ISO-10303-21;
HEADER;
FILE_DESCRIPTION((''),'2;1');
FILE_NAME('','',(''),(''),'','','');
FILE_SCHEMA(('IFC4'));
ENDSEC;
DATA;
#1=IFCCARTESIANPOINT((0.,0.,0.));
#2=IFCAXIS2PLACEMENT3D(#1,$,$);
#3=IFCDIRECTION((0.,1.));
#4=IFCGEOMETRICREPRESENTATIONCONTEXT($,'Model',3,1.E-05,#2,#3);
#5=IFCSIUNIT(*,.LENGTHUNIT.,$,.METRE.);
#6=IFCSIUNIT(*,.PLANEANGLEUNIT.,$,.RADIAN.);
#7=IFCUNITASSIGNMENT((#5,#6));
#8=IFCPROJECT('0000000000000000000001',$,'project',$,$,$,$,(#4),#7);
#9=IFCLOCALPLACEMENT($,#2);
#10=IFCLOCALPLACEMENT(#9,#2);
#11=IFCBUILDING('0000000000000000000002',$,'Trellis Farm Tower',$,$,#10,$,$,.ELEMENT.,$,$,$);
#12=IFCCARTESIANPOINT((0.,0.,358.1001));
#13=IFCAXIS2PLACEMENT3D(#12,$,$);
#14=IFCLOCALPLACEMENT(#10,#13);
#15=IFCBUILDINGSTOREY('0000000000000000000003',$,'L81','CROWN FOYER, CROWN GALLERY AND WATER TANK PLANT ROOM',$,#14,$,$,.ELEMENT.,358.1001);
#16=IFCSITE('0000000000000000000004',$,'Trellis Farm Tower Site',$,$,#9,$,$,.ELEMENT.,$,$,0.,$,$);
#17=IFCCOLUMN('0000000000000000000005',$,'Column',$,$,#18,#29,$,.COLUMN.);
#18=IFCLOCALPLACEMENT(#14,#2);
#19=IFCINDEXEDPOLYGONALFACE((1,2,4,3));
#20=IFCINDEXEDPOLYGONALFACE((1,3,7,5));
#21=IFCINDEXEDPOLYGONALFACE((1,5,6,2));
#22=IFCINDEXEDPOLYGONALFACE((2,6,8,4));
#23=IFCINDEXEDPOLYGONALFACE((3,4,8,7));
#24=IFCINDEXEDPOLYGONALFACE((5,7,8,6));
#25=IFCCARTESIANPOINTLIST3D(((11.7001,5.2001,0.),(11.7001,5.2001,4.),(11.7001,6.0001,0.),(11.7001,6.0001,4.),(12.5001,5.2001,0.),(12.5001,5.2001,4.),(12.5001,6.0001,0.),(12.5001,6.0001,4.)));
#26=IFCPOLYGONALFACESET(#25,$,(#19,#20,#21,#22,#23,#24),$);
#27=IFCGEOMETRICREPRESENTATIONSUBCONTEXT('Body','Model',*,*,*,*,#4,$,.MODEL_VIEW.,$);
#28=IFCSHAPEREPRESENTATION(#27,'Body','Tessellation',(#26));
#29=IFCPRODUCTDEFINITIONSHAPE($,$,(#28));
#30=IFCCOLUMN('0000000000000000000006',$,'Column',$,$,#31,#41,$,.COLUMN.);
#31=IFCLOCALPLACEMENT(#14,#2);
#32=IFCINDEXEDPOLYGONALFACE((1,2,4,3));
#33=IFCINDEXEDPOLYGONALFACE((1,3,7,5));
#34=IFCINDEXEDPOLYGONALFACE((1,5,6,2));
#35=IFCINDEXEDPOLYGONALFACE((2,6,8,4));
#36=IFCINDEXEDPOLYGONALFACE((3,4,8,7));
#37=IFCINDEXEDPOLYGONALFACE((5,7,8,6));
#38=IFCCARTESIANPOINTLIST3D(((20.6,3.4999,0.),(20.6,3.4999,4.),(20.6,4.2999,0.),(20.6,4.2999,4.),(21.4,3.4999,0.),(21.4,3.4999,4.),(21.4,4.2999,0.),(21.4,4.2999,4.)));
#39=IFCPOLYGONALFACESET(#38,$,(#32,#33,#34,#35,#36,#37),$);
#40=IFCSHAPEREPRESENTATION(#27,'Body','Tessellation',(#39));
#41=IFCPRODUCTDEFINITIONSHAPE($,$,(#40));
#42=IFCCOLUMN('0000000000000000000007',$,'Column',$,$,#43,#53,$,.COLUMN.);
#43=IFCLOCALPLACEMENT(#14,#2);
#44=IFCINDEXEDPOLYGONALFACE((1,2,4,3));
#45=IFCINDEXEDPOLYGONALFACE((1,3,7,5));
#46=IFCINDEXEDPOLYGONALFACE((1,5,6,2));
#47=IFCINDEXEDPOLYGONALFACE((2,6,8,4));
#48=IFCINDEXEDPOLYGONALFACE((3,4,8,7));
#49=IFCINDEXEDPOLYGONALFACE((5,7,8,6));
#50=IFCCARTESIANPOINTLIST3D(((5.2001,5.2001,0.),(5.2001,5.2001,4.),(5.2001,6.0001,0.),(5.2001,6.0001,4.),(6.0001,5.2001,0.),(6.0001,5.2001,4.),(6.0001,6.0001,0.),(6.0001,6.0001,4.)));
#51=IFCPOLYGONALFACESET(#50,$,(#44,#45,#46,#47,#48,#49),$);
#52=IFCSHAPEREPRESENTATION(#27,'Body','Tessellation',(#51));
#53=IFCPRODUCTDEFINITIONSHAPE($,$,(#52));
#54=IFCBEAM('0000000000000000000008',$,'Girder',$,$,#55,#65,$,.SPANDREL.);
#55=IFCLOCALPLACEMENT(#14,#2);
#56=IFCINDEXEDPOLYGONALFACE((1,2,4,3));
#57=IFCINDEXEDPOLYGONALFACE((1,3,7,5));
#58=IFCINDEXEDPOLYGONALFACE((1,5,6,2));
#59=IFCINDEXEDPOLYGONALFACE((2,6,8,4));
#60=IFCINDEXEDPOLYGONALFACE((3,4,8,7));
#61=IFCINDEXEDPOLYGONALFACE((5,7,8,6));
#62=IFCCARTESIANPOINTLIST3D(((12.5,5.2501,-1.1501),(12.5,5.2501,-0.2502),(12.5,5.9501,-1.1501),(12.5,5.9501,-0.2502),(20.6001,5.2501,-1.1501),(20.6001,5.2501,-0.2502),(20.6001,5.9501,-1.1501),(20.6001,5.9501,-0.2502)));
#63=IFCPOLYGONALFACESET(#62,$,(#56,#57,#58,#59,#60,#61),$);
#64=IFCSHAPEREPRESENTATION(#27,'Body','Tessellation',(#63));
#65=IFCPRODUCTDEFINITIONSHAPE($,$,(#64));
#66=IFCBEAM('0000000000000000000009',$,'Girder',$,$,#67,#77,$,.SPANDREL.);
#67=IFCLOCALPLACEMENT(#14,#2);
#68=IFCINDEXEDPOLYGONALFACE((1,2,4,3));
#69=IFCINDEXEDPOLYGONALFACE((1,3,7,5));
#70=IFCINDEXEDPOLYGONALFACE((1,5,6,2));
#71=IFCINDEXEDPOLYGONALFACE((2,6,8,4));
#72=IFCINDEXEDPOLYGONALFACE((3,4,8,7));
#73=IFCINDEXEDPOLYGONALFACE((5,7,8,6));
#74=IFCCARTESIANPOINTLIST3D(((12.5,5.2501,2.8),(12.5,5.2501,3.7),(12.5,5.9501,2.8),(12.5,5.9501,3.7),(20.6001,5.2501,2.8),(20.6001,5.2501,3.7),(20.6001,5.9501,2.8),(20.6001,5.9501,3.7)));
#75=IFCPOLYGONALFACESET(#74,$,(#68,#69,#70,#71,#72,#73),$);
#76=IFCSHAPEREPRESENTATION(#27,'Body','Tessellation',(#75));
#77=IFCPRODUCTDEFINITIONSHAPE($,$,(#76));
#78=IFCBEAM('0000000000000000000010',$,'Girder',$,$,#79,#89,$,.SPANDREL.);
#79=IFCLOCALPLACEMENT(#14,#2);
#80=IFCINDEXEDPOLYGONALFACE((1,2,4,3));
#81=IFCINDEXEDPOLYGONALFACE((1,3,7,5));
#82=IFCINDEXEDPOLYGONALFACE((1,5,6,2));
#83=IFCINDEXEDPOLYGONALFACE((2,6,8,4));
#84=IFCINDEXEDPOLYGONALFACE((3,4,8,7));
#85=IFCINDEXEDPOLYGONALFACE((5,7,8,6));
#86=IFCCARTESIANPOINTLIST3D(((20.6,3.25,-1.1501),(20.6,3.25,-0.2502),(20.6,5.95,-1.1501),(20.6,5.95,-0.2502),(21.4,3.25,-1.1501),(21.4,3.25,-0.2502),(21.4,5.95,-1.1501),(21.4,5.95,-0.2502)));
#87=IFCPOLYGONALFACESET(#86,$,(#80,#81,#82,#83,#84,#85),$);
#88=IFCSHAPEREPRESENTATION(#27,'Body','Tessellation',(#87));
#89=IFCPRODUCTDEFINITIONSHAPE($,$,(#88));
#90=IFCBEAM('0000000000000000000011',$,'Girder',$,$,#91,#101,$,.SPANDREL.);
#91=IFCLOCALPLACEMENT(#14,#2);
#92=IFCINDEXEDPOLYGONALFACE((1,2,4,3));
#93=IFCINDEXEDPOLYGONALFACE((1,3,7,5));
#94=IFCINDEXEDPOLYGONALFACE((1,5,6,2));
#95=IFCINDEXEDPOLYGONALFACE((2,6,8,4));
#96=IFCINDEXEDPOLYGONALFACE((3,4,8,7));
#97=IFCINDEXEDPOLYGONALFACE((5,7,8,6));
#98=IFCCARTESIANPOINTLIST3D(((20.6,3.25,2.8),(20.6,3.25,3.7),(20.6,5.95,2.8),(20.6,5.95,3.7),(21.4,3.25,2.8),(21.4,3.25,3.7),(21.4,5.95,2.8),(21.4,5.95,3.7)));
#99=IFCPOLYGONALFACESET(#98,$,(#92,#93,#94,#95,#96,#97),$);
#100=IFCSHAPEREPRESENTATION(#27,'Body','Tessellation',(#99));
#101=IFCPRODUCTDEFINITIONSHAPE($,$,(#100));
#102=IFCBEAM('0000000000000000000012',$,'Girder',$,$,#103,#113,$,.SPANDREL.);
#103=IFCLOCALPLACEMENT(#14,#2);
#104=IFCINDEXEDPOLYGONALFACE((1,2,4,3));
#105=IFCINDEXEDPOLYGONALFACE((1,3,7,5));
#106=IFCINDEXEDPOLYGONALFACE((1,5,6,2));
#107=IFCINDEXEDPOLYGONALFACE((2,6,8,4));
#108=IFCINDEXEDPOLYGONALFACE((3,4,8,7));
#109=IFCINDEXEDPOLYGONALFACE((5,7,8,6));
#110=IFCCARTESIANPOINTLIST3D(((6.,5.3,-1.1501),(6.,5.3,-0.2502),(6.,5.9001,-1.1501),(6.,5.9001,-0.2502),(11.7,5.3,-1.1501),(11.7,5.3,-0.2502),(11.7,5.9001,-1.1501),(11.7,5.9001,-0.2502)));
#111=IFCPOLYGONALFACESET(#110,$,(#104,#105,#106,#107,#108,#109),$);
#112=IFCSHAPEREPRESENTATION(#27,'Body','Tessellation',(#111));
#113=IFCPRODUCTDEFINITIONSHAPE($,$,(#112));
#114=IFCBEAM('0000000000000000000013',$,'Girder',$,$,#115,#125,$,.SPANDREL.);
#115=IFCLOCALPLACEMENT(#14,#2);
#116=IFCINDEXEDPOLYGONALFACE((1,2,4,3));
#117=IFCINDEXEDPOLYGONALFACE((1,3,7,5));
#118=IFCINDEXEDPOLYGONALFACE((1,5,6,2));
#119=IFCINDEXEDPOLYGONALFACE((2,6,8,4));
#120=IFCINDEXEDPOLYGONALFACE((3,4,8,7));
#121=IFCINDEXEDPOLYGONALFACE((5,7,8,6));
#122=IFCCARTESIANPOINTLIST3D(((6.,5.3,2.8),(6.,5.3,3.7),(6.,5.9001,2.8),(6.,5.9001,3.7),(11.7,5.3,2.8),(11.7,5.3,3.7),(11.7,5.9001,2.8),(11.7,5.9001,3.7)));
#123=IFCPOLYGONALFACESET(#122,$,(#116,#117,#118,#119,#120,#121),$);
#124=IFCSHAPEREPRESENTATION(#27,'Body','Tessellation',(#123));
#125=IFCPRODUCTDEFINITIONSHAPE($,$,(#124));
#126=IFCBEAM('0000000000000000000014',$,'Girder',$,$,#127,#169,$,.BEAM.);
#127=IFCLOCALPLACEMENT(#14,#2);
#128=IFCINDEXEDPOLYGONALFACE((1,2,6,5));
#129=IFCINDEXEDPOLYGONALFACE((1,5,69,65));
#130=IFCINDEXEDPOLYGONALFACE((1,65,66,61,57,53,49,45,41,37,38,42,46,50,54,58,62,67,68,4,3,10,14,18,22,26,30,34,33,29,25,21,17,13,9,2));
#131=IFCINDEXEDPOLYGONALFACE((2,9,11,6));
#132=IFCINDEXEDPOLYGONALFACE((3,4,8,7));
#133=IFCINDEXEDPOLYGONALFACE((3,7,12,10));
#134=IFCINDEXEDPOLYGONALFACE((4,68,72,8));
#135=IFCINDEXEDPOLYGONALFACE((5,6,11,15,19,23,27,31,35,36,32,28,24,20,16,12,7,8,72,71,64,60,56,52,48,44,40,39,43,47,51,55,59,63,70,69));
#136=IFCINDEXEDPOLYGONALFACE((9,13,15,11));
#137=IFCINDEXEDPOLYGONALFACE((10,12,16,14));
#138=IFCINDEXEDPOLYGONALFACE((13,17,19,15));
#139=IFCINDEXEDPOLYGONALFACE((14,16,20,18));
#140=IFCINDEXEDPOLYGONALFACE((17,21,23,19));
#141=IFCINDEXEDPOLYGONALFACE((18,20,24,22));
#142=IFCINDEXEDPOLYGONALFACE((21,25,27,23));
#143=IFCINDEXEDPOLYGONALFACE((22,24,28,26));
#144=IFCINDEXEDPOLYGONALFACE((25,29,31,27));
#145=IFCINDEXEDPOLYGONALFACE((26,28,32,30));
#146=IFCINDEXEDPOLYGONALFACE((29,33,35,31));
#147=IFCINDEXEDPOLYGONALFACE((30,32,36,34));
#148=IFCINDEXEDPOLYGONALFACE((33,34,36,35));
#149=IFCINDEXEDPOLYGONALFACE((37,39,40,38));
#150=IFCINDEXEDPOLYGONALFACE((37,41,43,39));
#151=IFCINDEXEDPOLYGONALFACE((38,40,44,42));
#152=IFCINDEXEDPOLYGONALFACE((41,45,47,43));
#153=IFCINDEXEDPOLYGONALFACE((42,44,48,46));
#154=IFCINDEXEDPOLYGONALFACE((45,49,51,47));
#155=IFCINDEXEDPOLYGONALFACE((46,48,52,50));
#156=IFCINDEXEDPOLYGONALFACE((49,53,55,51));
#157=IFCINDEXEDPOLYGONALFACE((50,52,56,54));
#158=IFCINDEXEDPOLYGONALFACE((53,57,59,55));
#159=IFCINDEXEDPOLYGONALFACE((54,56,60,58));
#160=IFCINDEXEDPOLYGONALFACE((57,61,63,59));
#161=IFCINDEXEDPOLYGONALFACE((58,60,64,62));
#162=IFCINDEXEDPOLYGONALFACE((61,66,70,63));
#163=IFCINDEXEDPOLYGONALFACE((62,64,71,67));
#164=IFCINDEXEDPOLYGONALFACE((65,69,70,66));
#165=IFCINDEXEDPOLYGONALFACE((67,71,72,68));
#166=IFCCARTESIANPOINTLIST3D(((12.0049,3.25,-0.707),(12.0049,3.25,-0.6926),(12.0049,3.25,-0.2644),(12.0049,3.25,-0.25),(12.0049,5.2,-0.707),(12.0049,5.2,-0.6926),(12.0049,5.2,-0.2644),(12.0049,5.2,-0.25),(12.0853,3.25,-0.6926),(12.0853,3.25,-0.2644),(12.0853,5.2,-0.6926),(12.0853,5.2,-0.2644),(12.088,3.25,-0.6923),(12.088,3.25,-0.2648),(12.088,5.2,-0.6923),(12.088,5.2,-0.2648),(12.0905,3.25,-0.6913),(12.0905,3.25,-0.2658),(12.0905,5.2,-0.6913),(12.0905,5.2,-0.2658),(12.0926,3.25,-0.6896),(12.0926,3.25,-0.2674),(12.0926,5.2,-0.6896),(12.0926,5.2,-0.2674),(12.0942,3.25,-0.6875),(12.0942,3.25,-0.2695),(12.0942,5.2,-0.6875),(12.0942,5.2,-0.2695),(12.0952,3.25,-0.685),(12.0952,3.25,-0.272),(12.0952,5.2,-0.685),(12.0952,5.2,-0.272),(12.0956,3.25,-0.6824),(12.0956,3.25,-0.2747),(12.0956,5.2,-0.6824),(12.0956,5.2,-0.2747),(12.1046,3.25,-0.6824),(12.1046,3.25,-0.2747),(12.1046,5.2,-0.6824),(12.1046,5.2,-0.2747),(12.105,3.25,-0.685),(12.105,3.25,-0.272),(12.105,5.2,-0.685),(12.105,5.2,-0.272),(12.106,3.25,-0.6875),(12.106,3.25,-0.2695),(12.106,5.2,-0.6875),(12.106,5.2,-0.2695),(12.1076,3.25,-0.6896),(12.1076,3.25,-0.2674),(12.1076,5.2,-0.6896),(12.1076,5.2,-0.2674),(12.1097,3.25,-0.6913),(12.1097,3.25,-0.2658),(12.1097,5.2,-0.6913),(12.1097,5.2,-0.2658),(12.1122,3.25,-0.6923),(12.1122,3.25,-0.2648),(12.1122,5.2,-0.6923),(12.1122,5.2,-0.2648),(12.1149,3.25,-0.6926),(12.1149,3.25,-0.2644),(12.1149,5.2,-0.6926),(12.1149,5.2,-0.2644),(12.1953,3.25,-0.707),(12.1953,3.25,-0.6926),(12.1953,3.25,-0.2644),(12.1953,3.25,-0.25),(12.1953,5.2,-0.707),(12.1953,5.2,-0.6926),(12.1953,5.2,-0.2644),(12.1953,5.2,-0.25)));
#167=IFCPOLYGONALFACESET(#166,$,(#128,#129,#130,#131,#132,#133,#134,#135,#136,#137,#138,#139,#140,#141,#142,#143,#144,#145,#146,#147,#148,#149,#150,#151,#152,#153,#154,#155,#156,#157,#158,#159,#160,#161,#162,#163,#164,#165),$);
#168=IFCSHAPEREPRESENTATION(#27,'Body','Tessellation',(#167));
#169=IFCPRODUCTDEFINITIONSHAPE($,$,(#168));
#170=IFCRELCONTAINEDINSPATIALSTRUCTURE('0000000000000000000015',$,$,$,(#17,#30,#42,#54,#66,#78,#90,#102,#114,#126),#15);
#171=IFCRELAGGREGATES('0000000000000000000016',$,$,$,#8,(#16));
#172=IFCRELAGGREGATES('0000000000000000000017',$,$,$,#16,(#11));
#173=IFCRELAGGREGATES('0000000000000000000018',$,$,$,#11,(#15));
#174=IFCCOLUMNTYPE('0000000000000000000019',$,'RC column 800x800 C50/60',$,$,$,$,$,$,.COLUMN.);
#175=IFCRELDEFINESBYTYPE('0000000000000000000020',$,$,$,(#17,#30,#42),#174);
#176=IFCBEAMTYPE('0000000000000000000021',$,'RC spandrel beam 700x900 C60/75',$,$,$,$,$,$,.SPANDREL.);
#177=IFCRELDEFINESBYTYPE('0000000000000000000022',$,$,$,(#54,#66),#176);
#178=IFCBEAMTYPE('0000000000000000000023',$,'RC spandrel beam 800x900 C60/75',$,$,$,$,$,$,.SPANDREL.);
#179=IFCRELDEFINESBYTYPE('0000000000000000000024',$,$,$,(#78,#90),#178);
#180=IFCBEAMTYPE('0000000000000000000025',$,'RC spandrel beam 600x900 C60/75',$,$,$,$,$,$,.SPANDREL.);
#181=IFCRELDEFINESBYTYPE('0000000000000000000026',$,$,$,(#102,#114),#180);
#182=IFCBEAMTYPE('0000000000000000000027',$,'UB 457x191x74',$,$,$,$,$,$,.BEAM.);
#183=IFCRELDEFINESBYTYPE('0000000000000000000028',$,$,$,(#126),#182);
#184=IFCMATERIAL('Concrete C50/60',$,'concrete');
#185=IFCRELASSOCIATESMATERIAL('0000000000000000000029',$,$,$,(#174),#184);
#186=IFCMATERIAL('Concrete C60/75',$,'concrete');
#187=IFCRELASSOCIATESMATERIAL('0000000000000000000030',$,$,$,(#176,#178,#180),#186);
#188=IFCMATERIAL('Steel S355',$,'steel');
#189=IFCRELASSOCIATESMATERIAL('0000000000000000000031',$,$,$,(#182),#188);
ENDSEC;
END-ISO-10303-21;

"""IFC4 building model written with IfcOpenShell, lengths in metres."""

from ifc_helpers import new_model, si_unit, direction, frame, origin, origin_2d, place, context, subcontext, project, spatial, rectangle, i_section, extrude, source, transform, mapped, material, material_profile, profile_set, type_object, element, save


model = new_model("IFC4")

# Units and contexts
model_context = context("Model", 3, precision=1e-05, world=origin(), true_north=direction((0.0, 1.0)))
body_context = subcontext(model_context, "Body", "Model", "MODEL_VIEW")
ifc_project = project(units=[si_unit("LENGTHUNIT", "METRE"), si_unit("PLANEANGLEUNIT", "RADIAN")], contexts=[model_context])

# Site, building, storey
site_placement = place(None, origin())
site = spatial("IfcSite", under=ifc_project, at=site_placement, Name="Trellis Farm Tower Site", CompositionType="ELEMENT", RefElevation=0.0)
building_placement = place(site_placement, origin())
building = spatial("IfcBuilding", under=site, at=building_placement, Name="Trellis Farm Tower", CompositionType="ELEMENT")
storey_placement = place(building_placement, frame((0.0, 0.0, 358.1001)))
storey = spatial("IfcBuildingStorey", under=building, at=storey_placement, Name="L81", Description="CROWN FOYER, CROWN GALLERY AND WATER TANK PLANT ROOM", CompositionType="ELEMENT", Elevation=358.1001)

# Columns
ifc_material_1 = material(Name="Concrete C50/60", Category="concrete")
ifc_material_profile_1 = material_profile(ifc_material_1, rectangle(XDim=0.8, YDim=0.8, at=origin_2d()), Name="RC column 800x800 C50/60")
ifc_profile_set_1 = profile_set([ifc_material_profile_1], Name="Concrete C50/60")
column_type = type_object("IfcColumnType", Name="RC column 800x800 C50/60", PredefinedType="COLUMN", material=ifc_profile_set_1)
shared_shape_1 = source(origin(), body_context, "Body", "SweptSolid", [
    extrude(rectangle(XDim=0.8, YDim=0.8, at=origin_2d()), origin(), (0.0, 0.0, 1.0), 4.0),
])
for number, where, z_axis, x_axis, name in (
    (1, (12.1001, 5.6001, 0.0), (0.0, 0.0, 1.0), (1.0, 0.0, 0.0), "Column"),
    (2, (21.0, 3.8999, 0.0), (0.0, 0.0, 1.0), (1.0, 0.0, 0.0), "Column"),
    (3, (5.6001, 5.6001, 0.0), (0.0, 0.0, 1.0), (1.0, 0.0, 0.0), "Column"),
):
    element("IfcColumn", number, at=place(storey_placement, frame(where, z_axis=z_axis, x_axis=x_axis)), inside=storey, type_object=column_type, Name=name, PredefinedType="COLUMN", context=body_context, shape_type="MappedRepresentation", body=[
        mapped(shared_shape_1, transform((0.0, 0.0, 0.0))),
    ])

# Beams
ifc_material_2 = material(Name="Concrete C60/75", Category="concrete")
ifc_material_profile_2 = material_profile(ifc_material_2, rectangle(XDim=0.7, YDim=0.8999, at=origin_2d()), Name="RC spandrel beam 700x900 C60/75")
ifc_profile_set_2 = profile_set([ifc_material_profile_2], Name="Concrete C60/75")
beam_type_1 = type_object("IfcBeamType", Name="RC spandrel beam 700x900 C60/75", PredefinedType="SPANDREL", material=ifc_profile_set_2)
shared_shape_2 = source(origin(), body_context, "Body", "SweptSolid", [
    extrude(rectangle(XDim=0.7, YDim=0.8999, at=origin_2d()), origin(), (0.0, 0.0, 1.0), 8.1001),
])
for number, where, z_axis, x_axis, name in (
    (4, (12.5, 5.6001, -0.7002), (1.0, 0.0, 0.0), (0.0, 1.0, 0.0), "Girder"),
    (5, (12.5, 5.6001, 3.25), (1.0, 0.0, 0.0), (0.0, 1.0, 0.0), "Girder"),
):
    element("IfcBeam", number, at=place(storey_placement, frame(where, z_axis=z_axis, x_axis=x_axis)), inside=storey, type_object=beam_type_1, Name=name, PredefinedType="SPANDREL", context=body_context, shape_type="MappedRepresentation", body=[
        mapped(shared_shape_2, transform((0.0, 0.0, 0.0))),
    ])
ifc_material_profile_3 = material_profile(ifc_material_2, rectangle(XDim=0.8, YDim=0.8999, at=origin_2d()), Name="RC spandrel beam 800x900 C60/75")
ifc_profile_set_3 = profile_set([ifc_material_profile_3], Name="Concrete C60/75")
beam_type_2 = type_object("IfcBeamType", Name="RC spandrel beam 800x900 C60/75", PredefinedType="SPANDREL", material=ifc_profile_set_3)
shared_shape_3 = source(origin(), body_context, "Body", "SweptSolid", [
    extrude(rectangle(XDim=0.8, YDim=0.8999, at=origin_2d()), origin(), (0.0, 0.0, 1.0), 2.7),
])
for number, where, z_axis, x_axis, name in (
    (6, (21.0, 3.25, -0.7002), (0.0, 1.0, 0.0), (-1.0, 0.0, 0.0), "Girder"),
    (7, (21.0, 3.25, 3.25), (0.0, 1.0, 0.0), (-1.0, 0.0, 0.0), "Girder"),
):
    element("IfcBeam", number, at=place(storey_placement, frame(where, z_axis=z_axis, x_axis=x_axis)), inside=storey, type_object=beam_type_2, Name=name, PredefinedType="SPANDREL", context=body_context, shape_type="MappedRepresentation", body=[
        mapped(shared_shape_3, transform((0.0, 0.0, 0.0))),
    ])
ifc_material_profile_4 = material_profile(ifc_material_2, rectangle(XDim=0.6001, YDim=0.8999, at=origin_2d()), Name="RC spandrel beam 600x900 C60/75")
ifc_profile_set_4 = profile_set([ifc_material_profile_4], Name="Concrete C60/75")
beam_type_3 = type_object("IfcBeamType", Name="RC spandrel beam 600x900 C60/75", PredefinedType="SPANDREL", material=ifc_profile_set_4)
shared_shape_4 = source(origin(), body_context, "Body", "SweptSolid", [
    extrude(rectangle(XDim=0.6001, YDim=0.8999, at=origin_2d()), origin(), (0.0, 0.0, 1.0), 5.7),
])
for number, where, z_axis, x_axis, name in (
    (8, (6.0, 5.6001, -0.7002), (1.0, 0.0, 0.0), (0.0, 1.0, 0.0), "Girder"),
    (9, (6.0, 5.6001, 3.25), (1.0, 0.0, 0.0), (0.0, 1.0, 0.0), "Girder"),
):
    element("IfcBeam", number, at=place(storey_placement, frame(where, z_axis=z_axis, x_axis=x_axis)), inside=storey, type_object=beam_type_3, Name=name, PredefinedType="SPANDREL", context=body_context, shape_type="MappedRepresentation", body=[
        mapped(shared_shape_4, transform((0.0, 0.0, 0.0))),
    ])
ifc_material_3 = material(Name="Steel S355", Category="steel")
ifc_material_profile_5 = material_profile(ifc_material_3, i_section(OverallWidth=0.1904, OverallDepth=0.457, WebThickness=0.009, FlangeThickness=0.0144, FilletRadius=0.0103, at=origin_2d()), Name="UB 457x191x74")
ifc_profile_set_5 = profile_set([ifc_material_profile_5], Name="Steel S355")
beam_type_4 = type_object("IfcBeamType", Name="UB 457x191x74", PredefinedType="BEAM", material=ifc_profile_set_5)
shared_shape_5 = source(origin(), body_context, "Body", "SweptSolid", [
    extrude(i_section(OverallWidth=0.1904, OverallDepth=0.457, WebThickness=0.009, FlangeThickness=0.0144, FilletRadius=0.0103, at=origin_2d()), origin(), (0.0, 0.0, 1.0), 1.95),
])
for number, where, z_axis, x_axis, name in (
    (10, (12.1001, 3.25, -0.4785), (0.0, 1.0, 0.0), (-1.0, 0.0, 0.0), "Girder"),
):
    element("IfcBeam", number, at=place(storey_placement, frame(where, z_axis=z_axis, x_axis=x_axis)), inside=storey, type_object=beam_type_4, Name=name, PredefinedType="BEAM", context=body_context, shape_type="MappedRepresentation", body=[
        mapped(shared_shape_5, transform((0.0, 0.0, 0.0))),
    ])

save(model, "model.ifc")
